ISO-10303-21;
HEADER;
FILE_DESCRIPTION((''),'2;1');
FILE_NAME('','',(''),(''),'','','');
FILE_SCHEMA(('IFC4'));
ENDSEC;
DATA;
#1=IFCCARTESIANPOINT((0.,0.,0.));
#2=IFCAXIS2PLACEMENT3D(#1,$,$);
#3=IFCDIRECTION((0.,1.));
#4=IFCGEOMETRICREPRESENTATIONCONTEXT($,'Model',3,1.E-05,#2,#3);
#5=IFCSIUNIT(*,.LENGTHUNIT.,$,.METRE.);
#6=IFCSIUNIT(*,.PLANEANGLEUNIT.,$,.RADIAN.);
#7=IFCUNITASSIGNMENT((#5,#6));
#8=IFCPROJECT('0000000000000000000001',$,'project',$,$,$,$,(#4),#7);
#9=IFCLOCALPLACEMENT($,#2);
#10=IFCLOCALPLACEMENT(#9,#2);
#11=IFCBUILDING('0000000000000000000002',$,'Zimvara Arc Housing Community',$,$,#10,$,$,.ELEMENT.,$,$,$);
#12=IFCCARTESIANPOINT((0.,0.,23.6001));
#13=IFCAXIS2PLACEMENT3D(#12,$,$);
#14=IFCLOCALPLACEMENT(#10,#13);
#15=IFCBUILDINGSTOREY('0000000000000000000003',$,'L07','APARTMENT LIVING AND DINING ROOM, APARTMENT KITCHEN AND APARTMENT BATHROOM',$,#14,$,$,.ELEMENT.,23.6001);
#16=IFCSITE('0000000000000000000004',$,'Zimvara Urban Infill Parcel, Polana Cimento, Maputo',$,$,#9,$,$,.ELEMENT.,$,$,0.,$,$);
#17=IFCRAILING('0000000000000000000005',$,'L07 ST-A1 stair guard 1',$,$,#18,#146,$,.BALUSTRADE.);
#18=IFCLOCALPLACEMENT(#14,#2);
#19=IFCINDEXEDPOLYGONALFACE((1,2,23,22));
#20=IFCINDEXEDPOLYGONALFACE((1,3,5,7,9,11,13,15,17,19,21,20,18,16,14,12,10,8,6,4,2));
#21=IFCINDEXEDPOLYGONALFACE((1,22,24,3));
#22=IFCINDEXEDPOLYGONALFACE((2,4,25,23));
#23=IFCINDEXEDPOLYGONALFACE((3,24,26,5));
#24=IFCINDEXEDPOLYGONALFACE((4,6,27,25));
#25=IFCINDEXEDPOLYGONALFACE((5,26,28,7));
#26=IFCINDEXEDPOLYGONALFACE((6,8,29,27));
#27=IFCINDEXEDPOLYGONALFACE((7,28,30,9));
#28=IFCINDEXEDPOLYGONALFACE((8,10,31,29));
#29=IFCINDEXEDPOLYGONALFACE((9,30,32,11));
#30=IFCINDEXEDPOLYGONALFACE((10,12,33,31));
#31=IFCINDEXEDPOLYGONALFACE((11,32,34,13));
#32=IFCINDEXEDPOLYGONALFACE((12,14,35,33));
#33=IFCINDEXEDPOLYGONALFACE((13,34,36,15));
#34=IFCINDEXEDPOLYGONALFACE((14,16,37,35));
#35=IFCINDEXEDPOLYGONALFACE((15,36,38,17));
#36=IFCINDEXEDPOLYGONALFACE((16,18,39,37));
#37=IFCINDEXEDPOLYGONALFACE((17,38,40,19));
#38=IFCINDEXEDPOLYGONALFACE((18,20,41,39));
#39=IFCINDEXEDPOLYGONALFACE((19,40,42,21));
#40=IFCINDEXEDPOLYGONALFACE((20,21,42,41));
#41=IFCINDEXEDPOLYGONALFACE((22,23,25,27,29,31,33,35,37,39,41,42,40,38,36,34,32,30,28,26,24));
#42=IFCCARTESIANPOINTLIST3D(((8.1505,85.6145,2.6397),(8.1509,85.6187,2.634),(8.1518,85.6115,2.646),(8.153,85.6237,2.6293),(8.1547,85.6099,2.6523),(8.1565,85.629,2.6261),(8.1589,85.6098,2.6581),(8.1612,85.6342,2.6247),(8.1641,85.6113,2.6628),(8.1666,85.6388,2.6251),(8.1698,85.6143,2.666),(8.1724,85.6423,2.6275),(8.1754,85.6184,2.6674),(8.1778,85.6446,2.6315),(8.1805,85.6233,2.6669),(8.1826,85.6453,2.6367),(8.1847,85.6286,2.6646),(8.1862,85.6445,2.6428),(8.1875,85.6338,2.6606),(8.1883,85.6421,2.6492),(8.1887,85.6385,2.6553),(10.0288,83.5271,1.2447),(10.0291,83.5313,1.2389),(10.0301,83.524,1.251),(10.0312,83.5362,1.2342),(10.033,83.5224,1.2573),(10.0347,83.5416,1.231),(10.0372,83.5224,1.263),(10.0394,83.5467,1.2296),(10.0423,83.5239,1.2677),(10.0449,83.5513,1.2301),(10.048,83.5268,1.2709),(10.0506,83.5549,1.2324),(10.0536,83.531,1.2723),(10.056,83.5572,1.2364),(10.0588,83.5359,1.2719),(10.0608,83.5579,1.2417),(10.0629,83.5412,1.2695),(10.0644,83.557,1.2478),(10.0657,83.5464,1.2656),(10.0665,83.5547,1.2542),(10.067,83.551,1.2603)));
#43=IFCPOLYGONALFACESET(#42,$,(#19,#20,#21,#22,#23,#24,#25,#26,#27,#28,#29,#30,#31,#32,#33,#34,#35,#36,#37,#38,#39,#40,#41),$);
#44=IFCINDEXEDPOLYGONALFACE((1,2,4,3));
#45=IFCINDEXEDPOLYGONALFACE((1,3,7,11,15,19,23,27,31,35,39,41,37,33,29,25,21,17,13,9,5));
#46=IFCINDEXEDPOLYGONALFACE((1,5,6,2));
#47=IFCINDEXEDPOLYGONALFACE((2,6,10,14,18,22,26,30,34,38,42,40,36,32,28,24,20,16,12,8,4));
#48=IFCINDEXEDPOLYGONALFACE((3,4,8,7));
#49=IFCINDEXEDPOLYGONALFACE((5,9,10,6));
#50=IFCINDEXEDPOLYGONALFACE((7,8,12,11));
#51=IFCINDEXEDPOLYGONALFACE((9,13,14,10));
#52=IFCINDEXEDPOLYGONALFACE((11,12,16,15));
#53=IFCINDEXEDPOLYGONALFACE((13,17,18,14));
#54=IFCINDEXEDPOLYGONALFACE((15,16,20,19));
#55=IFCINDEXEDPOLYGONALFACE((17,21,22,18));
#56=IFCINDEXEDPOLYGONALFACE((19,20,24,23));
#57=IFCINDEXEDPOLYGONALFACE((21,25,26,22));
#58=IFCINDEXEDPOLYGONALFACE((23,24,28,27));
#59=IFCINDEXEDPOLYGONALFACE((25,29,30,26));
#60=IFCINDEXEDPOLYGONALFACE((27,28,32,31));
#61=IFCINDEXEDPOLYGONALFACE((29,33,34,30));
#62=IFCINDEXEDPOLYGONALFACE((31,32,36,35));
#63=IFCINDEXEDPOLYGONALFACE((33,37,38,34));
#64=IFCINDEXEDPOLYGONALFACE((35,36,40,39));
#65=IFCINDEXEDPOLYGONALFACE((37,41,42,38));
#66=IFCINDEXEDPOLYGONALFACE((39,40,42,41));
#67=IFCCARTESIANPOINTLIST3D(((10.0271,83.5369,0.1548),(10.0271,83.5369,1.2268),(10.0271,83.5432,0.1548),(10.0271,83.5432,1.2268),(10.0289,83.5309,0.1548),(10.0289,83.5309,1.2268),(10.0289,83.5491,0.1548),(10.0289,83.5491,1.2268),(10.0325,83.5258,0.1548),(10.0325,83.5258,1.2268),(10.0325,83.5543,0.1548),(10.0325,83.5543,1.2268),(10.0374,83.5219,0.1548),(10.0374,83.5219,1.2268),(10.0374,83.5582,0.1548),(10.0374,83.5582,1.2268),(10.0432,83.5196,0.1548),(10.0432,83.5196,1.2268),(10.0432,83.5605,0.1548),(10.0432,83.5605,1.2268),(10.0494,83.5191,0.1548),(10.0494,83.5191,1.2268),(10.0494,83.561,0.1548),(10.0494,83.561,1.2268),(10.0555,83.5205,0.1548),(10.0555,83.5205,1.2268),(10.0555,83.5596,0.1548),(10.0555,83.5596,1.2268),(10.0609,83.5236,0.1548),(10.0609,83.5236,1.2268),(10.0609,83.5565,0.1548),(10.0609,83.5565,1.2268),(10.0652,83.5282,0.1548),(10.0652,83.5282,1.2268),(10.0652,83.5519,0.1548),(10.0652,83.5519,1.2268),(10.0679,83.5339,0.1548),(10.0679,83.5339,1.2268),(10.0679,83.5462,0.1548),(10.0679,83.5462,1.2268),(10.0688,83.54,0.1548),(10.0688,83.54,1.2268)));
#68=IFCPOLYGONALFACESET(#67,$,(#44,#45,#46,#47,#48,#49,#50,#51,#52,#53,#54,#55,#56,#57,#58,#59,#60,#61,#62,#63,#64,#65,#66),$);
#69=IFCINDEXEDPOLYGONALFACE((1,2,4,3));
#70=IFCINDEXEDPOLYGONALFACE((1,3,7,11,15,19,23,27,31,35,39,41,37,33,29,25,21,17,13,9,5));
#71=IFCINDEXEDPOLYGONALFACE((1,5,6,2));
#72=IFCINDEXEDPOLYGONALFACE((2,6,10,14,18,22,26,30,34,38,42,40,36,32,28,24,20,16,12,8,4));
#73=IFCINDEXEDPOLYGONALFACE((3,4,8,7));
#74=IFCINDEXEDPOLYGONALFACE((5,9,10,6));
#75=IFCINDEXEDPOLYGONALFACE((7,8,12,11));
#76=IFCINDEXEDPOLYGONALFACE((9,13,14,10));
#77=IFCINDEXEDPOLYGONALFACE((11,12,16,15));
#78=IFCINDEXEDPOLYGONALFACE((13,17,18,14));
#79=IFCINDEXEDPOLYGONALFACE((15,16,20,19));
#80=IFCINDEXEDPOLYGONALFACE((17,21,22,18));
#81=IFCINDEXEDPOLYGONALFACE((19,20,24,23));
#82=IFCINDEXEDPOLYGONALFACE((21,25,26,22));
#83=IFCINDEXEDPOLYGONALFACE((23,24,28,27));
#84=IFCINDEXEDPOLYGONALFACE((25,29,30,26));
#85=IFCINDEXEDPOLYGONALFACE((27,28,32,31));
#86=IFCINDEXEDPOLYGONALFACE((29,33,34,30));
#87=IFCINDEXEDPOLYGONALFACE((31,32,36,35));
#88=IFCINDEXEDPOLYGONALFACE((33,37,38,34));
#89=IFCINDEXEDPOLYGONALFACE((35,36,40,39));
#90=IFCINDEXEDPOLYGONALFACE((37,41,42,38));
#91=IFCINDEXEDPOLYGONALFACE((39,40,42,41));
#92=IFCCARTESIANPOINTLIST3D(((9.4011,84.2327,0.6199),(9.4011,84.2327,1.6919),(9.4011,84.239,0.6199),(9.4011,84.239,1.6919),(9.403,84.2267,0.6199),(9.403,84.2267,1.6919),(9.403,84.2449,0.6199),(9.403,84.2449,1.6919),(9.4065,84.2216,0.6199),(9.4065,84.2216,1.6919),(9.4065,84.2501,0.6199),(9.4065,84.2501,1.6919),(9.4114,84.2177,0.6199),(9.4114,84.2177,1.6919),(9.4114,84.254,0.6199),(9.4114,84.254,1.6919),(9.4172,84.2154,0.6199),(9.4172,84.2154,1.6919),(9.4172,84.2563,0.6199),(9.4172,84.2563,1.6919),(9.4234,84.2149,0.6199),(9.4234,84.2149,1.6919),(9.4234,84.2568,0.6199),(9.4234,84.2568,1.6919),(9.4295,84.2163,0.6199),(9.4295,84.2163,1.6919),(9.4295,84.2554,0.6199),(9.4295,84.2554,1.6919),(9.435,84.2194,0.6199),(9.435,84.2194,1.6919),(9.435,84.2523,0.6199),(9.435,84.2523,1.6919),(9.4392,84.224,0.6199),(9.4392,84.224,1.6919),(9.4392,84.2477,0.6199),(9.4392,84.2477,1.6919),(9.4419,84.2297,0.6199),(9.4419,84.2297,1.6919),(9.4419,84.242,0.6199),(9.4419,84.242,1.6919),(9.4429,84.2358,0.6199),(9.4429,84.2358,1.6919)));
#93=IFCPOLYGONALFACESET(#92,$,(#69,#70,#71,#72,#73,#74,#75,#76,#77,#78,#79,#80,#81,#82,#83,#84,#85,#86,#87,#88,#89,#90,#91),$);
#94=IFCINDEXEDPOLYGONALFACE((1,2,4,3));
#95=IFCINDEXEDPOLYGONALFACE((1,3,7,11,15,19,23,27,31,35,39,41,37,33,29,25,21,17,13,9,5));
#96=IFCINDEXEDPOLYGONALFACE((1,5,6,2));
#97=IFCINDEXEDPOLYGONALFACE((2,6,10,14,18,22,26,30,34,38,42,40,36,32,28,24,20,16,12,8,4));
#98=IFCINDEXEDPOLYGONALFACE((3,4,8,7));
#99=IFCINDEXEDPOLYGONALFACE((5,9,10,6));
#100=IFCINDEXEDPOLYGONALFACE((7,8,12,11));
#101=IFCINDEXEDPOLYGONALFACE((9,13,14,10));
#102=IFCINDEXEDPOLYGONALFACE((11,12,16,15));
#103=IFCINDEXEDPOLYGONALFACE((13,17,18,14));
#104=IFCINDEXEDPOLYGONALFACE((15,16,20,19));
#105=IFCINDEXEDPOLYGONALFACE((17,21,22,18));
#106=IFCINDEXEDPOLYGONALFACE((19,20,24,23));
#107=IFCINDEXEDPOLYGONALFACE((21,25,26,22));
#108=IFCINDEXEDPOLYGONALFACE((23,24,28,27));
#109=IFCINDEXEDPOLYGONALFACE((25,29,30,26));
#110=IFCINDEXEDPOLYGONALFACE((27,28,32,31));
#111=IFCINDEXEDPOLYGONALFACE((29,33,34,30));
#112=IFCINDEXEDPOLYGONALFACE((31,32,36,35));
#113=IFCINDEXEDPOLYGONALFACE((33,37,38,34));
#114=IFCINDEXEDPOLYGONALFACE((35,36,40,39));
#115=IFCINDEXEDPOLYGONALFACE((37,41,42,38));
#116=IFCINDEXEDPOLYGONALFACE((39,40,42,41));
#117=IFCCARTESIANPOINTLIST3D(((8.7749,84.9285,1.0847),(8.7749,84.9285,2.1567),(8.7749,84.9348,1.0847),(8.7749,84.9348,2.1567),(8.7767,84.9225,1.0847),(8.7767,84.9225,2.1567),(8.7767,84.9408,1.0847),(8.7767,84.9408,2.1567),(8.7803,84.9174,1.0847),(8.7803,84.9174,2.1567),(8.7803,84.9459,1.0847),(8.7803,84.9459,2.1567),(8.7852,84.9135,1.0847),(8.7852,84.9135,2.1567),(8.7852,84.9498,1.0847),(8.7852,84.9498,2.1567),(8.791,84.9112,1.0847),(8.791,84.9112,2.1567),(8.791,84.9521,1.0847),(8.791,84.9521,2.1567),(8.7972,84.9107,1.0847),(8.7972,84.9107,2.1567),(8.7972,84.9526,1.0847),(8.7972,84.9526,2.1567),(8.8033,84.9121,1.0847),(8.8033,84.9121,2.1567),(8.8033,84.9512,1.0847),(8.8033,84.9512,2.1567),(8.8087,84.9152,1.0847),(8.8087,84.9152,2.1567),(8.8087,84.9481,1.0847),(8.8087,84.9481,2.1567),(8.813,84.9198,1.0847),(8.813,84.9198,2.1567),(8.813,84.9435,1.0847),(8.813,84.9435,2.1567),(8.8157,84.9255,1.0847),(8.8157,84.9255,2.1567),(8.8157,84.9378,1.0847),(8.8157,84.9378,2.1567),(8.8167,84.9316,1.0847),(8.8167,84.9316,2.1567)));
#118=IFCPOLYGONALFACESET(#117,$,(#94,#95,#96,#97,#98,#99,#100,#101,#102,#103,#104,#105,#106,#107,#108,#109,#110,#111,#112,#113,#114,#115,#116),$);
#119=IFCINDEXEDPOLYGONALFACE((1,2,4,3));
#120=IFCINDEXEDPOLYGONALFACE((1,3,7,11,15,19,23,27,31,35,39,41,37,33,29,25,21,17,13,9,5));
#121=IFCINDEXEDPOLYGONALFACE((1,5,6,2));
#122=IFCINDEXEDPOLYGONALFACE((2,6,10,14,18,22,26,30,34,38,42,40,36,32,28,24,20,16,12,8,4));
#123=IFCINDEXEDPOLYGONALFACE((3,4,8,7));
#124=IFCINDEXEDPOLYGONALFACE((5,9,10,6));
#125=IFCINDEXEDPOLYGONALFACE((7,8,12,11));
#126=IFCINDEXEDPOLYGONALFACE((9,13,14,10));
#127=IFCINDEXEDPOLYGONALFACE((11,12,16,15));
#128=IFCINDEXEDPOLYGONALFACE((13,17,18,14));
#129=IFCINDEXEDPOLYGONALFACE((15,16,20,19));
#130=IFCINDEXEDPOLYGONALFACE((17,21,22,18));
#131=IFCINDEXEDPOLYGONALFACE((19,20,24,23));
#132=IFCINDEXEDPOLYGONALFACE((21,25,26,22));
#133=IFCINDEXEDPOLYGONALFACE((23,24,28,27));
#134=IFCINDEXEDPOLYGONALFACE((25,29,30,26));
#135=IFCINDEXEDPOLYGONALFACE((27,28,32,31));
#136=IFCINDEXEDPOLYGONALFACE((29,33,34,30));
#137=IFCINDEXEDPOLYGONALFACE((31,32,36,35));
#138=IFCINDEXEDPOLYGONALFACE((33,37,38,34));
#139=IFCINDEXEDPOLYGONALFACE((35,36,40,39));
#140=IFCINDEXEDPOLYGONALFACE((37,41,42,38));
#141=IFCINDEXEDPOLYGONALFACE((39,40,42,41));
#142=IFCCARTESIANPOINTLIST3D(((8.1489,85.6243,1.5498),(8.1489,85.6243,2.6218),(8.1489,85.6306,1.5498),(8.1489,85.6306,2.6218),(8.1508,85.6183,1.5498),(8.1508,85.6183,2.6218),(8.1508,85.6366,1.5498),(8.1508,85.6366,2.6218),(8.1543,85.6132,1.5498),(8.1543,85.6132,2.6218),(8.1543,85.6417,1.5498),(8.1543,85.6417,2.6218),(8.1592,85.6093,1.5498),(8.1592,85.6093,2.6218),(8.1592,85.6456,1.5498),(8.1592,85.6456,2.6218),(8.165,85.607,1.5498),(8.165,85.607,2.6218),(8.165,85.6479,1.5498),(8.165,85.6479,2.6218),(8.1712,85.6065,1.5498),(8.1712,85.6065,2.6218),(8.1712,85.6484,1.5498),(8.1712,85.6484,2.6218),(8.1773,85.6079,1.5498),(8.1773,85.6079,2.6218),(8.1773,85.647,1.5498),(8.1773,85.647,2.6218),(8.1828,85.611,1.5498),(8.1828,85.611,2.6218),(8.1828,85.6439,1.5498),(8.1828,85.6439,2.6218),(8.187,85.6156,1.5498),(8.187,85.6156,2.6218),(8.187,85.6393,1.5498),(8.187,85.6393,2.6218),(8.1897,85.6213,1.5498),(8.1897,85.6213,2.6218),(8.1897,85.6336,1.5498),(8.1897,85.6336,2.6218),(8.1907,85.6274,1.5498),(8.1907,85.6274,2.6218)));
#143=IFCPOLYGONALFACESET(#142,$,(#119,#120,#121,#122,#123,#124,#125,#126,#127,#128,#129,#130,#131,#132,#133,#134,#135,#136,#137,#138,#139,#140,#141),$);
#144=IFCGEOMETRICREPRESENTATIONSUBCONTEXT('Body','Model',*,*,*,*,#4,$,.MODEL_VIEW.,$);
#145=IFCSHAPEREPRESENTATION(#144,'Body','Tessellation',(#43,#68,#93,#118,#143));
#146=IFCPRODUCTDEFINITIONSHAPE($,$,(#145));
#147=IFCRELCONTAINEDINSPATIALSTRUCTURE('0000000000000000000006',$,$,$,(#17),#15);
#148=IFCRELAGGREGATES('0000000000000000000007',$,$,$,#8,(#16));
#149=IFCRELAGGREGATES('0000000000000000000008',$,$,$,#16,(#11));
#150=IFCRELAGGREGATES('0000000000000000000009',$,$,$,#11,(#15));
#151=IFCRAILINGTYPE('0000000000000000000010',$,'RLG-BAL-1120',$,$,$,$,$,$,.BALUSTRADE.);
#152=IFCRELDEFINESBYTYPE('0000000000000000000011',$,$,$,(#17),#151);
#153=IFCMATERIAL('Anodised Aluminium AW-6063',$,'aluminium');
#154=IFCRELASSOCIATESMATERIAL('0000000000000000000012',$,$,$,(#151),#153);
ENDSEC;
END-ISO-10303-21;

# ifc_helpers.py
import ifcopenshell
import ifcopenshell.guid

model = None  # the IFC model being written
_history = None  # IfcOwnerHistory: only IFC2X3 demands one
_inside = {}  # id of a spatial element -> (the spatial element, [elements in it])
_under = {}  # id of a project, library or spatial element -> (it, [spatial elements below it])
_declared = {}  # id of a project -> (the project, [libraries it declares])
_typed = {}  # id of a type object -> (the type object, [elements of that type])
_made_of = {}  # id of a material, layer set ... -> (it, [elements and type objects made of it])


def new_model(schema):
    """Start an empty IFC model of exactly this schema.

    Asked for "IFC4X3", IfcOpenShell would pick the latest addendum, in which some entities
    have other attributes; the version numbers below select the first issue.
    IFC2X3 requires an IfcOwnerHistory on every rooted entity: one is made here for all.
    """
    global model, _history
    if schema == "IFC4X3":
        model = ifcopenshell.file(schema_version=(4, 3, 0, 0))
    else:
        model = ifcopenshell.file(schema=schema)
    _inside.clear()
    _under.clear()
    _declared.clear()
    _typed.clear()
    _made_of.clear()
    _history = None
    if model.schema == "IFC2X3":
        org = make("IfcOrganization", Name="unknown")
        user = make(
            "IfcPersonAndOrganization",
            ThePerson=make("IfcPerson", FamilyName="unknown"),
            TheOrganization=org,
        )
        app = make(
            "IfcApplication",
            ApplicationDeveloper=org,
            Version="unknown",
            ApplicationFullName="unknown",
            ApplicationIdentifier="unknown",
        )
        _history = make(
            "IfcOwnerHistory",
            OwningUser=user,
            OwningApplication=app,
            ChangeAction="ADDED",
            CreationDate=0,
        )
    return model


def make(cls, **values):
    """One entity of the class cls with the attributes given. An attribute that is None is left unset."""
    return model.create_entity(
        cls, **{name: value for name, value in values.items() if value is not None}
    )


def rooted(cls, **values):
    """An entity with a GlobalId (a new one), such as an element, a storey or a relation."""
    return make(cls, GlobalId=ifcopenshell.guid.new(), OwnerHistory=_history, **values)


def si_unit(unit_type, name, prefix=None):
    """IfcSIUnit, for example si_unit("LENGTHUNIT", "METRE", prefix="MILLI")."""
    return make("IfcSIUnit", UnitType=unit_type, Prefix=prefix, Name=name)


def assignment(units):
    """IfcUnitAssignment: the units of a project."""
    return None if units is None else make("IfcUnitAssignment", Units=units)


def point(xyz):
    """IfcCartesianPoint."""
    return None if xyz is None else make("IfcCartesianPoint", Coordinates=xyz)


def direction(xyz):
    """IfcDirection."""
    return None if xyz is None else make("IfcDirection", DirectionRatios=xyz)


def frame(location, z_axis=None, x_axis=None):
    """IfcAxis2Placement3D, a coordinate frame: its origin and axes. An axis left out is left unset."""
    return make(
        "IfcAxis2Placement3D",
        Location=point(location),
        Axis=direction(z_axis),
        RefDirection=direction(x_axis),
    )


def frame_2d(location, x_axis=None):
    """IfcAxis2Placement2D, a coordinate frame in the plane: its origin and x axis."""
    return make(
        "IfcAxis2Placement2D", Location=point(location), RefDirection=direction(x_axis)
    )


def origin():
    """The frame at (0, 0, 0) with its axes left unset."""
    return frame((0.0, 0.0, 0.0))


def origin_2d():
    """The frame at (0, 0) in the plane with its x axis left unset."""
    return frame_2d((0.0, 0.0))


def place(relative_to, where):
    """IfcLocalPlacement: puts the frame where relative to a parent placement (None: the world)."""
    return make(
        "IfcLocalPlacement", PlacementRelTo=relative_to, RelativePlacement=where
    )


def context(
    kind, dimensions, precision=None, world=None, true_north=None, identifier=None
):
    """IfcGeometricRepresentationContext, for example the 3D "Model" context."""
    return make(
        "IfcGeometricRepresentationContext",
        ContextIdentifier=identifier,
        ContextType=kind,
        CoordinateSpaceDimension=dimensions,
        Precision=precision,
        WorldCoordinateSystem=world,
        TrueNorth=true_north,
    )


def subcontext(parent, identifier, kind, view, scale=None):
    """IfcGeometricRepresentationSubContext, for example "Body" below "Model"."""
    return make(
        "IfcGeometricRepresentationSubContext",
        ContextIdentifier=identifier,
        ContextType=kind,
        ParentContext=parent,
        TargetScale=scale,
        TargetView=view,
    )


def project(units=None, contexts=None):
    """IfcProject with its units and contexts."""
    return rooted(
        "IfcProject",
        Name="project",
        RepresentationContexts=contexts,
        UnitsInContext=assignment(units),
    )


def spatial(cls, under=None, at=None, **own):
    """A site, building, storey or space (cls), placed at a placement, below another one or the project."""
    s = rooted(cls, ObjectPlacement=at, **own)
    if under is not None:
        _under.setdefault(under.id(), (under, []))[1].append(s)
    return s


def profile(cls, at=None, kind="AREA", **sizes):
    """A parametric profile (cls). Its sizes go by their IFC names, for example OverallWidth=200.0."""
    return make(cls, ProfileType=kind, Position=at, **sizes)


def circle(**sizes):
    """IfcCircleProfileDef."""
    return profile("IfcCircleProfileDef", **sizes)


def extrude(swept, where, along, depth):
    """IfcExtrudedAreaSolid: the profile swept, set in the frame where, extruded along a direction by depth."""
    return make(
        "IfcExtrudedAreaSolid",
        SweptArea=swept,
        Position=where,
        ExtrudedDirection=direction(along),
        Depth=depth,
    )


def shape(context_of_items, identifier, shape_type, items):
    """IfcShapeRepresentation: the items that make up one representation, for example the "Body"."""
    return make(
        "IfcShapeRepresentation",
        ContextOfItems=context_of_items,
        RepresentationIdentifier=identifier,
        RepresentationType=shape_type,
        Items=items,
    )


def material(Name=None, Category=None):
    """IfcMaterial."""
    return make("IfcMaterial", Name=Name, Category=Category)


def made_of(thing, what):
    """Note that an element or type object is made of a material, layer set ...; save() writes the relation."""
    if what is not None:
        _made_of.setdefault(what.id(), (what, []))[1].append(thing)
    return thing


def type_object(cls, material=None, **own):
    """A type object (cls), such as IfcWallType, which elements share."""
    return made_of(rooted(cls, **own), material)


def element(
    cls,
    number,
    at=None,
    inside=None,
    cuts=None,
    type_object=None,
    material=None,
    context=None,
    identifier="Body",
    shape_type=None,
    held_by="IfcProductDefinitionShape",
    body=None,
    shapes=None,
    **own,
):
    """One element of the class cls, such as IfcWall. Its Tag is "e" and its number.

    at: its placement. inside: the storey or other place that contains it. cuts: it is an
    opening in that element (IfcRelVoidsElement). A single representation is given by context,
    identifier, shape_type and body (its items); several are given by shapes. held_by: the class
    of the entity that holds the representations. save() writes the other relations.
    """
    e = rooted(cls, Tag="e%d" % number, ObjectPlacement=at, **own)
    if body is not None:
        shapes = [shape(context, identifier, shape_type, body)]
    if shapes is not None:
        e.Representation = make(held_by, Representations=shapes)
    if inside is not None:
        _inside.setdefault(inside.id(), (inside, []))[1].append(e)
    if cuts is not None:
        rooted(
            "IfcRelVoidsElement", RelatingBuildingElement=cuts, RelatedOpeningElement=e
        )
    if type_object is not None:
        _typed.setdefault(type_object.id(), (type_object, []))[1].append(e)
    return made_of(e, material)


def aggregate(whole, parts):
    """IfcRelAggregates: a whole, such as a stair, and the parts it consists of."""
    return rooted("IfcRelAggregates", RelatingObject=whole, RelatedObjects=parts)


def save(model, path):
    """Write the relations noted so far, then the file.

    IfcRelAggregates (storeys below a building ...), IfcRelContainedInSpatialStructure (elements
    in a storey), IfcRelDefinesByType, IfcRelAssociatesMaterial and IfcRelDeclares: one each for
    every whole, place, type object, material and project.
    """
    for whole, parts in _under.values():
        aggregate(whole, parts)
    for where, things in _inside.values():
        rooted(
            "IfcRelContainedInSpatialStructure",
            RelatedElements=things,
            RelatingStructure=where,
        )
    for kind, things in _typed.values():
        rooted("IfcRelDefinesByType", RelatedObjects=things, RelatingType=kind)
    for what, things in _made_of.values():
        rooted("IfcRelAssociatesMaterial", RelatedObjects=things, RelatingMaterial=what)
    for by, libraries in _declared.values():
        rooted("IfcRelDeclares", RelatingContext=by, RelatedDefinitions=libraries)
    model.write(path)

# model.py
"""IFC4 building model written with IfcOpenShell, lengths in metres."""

from ifc_helpers import new_model, si_unit, direction, frame, origin, origin_2d, place, context, subcontext, project, spatial, circle, extrude, material, type_object, element, save


model = new_model("IFC4")

# Units and contexts
model_context = context("Model", 3, precision=1e-05, world=origin(), true_north=direction((0.0, 1.0)))
body_context = subcontext(model_context, "Body", "Model", "MODEL_VIEW")
ifc_project = project(units=[si_unit("LENGTHUNIT", "METRE"), si_unit("PLANEANGLEUNIT", "RADIAN")], contexts=[model_context])

# Site, building, storey
site_placement = place(None, origin())
site = spatial("IfcSite", under=ifc_project, at=site_placement, Name="Zimvara Urban Infill Parcel, Polana Cimento, Maputo", CompositionType="ELEMENT", RefElevation=0.0)
building_placement = place(site_placement, origin())
building = spatial("IfcBuilding", under=site, at=building_placement, Name="Zimvara Arc Housing Community", CompositionType="ELEMENT")
storey_placement = place(building_placement, frame((0.0, 0.0, 23.6001)))
storey = spatial("IfcBuildingStorey", under=building, at=storey_placement, Name="L07", Description="APARTMENT LIVING AND DINING ROOM, APARTMENT KITCHEN AND APARTMENT BATHROOM", CompositionType="ELEMENT", Elevation=23.6001)

# Railing
ifc_material_1 = material(Name="Anodised Aluminium AW-6063", Category="aluminium")
railing_type_1 = type_object("IfcRailingType", Name="RLG-BAL-1120", PredefinedType="BALUSTRADE", material=ifc_material_1)
railing_1_placement = place(storey_placement, frame((10.0479, 83.54, 0.1548)))
element("IfcRailing", 1, at=railing_1_placement, inside=storey, type_object=railing_type_1, Name="L07 ST-A1 stair guard 1", PredefinedType="BALUSTRADE", context=body_context, shape_type="SweptSolid", body=[
    extrude(circle(Radius=0.0239, at=origin_2d()), frame((0.0, 0.0, 1.0962), z_axis=(-0.599018, 0.665749, 0.444923), x_axis=(-0.743381, -0.668869, 0.0)), (0.0, 0.0, 1.0), 3.1355),
    extrude(circle(Radius=0.021, at=origin_2d()), origin(), (0.0, 0.0, 1.0), 1.072),
    extrude(circle(Radius=0.021, at=origin_2d()), frame((-0.626, 0.6958, 0.4651)), (0.0, 0.0, 1.0), 1.072),
    extrude(circle(Radius=0.021, at=origin_2d()), frame((-1.2522, 1.3916, 0.9299)), (0.0, 0.0, 1.0), 1.072),
    extrude(circle(Radius=0.021, at=origin_2d()), frame((-1.8782, 2.0874, 1.395)), (0.0, 0.0, 1.0), 1.072),
])

save(model, "model.ifc")
